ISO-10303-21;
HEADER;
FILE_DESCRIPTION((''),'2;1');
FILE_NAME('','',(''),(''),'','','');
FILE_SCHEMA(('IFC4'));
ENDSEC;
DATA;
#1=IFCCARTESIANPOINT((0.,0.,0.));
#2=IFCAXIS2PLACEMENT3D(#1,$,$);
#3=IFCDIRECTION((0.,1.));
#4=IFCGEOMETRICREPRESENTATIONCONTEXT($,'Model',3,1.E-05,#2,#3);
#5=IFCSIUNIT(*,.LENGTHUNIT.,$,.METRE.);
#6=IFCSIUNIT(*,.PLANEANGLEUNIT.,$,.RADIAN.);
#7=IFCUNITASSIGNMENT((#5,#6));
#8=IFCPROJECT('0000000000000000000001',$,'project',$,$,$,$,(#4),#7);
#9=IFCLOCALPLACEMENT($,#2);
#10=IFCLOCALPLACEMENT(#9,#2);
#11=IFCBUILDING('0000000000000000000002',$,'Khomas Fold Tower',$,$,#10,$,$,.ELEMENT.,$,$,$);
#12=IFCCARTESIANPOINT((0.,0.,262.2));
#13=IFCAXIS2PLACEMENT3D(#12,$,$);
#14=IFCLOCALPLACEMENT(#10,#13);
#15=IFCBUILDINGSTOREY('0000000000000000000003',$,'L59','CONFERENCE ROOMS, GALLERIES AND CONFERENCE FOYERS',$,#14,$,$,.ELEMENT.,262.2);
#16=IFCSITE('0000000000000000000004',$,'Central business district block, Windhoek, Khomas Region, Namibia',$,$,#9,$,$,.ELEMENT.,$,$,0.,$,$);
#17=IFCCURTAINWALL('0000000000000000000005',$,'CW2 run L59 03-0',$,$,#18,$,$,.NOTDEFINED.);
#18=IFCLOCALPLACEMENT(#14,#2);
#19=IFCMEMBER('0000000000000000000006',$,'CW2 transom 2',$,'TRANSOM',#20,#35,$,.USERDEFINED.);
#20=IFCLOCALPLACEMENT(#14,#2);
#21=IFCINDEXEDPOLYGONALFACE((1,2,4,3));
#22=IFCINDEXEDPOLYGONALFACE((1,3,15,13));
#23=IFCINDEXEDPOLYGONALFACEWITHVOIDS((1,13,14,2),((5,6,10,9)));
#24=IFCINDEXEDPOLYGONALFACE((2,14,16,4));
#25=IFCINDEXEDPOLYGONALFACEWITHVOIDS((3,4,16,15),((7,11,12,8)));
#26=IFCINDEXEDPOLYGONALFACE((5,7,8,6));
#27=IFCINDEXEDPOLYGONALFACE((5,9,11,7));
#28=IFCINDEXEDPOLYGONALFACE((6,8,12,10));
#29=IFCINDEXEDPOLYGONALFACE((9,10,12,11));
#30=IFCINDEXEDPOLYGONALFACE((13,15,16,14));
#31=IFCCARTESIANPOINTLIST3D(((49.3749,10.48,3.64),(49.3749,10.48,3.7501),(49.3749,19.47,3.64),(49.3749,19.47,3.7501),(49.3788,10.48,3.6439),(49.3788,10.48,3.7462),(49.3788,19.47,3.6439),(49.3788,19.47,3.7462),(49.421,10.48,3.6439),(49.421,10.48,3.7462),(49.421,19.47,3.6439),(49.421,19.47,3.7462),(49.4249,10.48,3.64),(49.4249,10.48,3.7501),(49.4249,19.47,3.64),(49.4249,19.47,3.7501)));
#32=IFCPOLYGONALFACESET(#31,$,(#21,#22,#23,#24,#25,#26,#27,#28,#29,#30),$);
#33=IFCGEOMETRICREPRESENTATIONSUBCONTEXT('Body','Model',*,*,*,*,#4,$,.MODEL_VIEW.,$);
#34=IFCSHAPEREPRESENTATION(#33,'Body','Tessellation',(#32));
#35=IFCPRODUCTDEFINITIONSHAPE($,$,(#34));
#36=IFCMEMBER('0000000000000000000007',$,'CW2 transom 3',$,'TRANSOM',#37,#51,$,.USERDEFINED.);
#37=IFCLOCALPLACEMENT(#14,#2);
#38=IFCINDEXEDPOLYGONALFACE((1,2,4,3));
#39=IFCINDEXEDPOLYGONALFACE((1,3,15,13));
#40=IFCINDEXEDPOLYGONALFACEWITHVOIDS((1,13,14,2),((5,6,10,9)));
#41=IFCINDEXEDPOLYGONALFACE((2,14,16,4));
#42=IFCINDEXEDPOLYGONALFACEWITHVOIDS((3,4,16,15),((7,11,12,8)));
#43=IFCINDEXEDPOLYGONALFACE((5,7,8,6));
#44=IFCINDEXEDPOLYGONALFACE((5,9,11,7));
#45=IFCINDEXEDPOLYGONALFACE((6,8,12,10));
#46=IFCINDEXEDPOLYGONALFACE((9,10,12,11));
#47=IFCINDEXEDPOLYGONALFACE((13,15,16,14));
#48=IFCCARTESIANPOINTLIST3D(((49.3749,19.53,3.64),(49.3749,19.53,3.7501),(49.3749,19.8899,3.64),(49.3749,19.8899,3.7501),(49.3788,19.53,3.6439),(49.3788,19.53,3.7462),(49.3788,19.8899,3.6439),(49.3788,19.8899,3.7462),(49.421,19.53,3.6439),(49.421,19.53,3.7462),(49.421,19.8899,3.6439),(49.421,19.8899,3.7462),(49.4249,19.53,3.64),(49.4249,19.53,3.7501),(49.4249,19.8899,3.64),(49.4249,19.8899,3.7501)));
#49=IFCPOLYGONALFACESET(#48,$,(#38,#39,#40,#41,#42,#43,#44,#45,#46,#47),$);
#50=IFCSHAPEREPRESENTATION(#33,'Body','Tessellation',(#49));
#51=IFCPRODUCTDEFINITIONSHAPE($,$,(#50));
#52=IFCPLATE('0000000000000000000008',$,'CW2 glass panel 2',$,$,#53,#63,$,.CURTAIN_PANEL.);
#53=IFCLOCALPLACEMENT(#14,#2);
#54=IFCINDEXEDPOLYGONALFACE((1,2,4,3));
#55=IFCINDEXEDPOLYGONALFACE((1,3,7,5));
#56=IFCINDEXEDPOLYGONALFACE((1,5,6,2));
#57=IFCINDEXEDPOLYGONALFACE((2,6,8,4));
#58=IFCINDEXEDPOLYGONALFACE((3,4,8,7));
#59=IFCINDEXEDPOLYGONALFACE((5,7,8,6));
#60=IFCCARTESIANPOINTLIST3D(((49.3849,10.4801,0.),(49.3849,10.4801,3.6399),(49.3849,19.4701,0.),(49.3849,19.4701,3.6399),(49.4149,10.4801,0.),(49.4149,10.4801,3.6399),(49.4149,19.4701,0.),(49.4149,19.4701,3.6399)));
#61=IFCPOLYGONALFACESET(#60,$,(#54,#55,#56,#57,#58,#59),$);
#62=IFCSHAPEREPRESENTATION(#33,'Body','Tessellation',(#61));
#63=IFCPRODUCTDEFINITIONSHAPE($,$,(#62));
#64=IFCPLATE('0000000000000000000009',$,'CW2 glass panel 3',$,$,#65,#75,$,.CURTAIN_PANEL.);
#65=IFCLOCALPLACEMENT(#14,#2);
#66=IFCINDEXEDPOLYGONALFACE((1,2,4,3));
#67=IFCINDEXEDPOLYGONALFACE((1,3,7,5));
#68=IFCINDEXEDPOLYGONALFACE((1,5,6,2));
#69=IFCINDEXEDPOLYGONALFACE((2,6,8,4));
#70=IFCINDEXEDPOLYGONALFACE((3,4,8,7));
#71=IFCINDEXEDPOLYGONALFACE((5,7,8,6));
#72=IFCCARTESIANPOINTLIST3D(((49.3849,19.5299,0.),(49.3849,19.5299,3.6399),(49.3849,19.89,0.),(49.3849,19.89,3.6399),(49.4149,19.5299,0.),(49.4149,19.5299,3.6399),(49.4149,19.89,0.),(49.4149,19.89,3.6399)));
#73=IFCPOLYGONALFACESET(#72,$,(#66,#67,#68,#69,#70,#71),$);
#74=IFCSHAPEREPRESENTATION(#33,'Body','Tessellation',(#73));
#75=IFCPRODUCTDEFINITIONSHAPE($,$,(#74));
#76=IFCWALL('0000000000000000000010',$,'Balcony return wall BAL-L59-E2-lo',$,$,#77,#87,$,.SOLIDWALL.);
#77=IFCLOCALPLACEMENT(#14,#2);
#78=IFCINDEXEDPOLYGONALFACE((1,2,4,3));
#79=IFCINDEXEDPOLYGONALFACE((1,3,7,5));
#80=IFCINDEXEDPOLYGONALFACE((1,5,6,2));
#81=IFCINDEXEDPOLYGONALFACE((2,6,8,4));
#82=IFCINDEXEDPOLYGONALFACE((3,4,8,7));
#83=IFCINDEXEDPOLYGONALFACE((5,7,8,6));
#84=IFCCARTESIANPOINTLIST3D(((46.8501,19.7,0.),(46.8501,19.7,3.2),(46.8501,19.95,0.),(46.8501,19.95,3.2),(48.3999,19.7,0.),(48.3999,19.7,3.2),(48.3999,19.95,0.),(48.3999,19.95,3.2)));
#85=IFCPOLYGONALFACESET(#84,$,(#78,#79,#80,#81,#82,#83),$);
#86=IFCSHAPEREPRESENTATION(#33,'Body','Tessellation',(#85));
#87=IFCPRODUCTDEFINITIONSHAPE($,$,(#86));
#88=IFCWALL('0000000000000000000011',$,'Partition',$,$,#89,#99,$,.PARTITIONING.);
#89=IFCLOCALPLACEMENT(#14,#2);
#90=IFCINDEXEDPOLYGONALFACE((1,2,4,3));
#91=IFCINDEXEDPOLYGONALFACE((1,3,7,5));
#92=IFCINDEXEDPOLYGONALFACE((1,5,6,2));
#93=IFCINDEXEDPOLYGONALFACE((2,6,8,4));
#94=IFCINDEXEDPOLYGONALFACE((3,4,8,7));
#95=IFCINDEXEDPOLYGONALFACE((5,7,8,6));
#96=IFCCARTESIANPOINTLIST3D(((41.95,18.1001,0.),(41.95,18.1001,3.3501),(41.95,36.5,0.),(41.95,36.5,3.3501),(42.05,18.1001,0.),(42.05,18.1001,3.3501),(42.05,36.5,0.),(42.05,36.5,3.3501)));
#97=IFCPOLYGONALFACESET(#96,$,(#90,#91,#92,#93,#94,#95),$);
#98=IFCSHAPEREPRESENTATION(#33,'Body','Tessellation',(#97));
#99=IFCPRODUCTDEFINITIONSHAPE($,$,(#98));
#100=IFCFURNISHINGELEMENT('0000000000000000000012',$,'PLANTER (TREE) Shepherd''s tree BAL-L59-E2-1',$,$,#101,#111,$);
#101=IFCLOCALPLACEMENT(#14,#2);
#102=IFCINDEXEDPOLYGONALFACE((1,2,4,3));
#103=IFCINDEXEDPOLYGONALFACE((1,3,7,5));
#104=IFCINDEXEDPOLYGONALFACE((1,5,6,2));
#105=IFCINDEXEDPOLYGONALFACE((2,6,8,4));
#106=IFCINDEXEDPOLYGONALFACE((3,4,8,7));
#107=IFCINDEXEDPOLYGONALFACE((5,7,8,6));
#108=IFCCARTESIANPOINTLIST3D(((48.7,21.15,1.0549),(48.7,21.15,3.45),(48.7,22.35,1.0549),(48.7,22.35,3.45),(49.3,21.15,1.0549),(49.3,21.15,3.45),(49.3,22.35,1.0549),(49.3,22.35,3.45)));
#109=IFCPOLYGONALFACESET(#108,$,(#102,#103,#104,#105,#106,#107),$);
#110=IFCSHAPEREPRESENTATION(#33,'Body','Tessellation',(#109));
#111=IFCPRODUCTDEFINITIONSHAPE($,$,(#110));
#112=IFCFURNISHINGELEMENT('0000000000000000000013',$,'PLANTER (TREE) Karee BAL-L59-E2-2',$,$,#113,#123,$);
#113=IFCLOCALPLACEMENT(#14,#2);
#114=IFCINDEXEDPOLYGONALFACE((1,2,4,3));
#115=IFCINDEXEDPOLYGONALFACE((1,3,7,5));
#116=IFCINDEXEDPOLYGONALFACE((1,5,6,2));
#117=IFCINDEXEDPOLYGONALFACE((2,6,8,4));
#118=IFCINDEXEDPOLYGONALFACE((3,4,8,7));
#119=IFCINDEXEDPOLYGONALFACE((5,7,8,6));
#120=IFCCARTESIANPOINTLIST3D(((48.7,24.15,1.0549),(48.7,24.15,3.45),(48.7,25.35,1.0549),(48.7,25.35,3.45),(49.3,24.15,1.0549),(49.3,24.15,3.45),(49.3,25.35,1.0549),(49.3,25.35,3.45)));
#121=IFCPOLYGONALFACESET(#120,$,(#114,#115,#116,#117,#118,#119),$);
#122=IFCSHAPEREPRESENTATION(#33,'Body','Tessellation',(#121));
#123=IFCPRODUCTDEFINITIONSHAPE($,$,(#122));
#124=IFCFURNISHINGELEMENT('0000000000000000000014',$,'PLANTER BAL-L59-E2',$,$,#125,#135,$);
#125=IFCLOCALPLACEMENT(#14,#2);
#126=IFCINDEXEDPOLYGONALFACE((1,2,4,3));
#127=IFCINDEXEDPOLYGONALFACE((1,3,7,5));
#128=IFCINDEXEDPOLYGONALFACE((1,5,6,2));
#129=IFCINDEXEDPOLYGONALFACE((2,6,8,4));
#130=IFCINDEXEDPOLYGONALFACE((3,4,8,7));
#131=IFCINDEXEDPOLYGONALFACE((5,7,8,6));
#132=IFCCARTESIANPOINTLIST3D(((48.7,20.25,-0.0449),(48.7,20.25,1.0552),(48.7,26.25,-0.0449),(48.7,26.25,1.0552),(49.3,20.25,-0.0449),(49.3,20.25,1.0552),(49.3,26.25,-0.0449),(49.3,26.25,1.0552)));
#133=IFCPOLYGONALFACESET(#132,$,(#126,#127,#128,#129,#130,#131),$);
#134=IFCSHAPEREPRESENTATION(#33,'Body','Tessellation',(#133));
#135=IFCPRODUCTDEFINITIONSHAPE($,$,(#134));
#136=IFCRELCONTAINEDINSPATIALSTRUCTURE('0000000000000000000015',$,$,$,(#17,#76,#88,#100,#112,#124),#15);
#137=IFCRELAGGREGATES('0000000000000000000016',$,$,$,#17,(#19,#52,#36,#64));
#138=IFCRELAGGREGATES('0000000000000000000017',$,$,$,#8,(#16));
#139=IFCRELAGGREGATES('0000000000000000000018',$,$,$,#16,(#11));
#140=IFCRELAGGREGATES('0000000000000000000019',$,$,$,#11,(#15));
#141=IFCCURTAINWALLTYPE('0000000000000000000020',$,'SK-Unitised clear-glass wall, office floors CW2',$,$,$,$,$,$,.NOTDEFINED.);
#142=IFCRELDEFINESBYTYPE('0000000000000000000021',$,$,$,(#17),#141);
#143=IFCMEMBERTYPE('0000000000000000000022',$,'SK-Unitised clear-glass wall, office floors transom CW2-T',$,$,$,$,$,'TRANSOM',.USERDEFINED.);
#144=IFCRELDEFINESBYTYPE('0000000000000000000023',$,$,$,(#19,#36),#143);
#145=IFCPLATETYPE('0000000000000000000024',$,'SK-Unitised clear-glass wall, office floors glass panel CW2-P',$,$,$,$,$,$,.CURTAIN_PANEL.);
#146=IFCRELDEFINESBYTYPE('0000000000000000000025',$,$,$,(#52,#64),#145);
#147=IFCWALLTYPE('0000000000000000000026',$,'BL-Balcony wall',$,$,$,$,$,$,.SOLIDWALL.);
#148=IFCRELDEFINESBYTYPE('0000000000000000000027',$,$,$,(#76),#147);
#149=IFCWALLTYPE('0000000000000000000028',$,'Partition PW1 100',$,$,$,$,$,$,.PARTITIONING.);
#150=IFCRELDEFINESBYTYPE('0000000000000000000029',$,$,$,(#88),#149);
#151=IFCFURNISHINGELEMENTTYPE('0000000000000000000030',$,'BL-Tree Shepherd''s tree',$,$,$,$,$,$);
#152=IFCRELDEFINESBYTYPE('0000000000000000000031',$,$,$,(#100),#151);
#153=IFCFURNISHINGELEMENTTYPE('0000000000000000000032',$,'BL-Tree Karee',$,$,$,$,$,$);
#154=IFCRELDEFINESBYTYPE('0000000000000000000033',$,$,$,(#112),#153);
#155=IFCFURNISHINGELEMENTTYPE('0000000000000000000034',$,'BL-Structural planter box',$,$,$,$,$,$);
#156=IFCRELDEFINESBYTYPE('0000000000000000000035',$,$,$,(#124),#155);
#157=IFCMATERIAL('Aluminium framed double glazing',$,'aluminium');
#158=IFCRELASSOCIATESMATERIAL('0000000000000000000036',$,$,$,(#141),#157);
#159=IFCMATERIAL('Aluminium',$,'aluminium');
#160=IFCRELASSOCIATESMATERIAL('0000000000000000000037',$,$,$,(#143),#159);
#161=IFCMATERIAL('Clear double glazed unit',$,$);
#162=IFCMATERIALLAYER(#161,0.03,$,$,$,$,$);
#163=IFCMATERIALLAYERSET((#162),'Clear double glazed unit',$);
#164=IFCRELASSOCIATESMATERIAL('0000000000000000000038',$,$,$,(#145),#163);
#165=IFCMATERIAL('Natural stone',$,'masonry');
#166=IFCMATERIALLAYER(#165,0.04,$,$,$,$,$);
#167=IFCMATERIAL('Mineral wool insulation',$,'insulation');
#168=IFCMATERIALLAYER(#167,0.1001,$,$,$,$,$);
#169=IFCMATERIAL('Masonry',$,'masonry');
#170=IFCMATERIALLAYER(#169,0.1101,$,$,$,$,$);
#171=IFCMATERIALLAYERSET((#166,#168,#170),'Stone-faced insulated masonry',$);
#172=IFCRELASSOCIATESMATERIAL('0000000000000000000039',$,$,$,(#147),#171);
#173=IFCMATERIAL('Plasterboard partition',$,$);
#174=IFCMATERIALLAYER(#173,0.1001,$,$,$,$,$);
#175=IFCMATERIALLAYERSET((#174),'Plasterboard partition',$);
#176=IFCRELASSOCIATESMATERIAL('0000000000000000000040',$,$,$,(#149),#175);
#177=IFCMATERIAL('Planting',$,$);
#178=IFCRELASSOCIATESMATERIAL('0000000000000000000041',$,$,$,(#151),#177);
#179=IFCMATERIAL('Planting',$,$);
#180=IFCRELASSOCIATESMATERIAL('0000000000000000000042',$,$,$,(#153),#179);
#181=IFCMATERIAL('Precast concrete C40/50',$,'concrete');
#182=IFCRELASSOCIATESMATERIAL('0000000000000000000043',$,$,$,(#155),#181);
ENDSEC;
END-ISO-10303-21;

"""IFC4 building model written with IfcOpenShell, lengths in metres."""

from ifc_helpers import new_model, si_unit, direction, frame, frame_2d, origin, origin_2d, place, context, subcontext, project, spatial, rectangle, hollow_rectangle, extrude, source, transform, mapped, material, layer, layer_set, material_profile, profile_set, type_object, element, aggregate, save


model = new_model("IFC4")

# Units and contexts
model_context = context("Model", 3, precision=1e-05, world=origin(), true_north=direction((0.0, 1.0)))
body_context = subcontext(model_context, "Body", "Model", "MODEL_VIEW")
ifc_project = project(units=[si_unit("LENGTHUNIT", "METRE"), si_unit("PLANEANGLEUNIT", "RADIAN")], contexts=[model_context])

# Site, building, storey
site_placement = place(None, origin())
site = spatial("IfcSite", under=ifc_project, at=site_placement, Name="Central business district block, Windhoek, Khomas Region, Namibia", CompositionType="ELEMENT", RefElevation=0.0)
building_placement = place(site_placement, origin())
building = spatial("IfcBuilding", under=site, at=building_placement, Name="Khomas Fold Tower", CompositionType="ELEMENT")
storey_placement = place(building_placement, frame((0.0, 0.0, 262.2)))
storey = spatial("IfcBuildingStorey", under=building, at=storey_placement, Name="L59", Description="CONFERENCE ROOMS, GALLERIES AND CONFERENCE FOYERS", CompositionType="ELEMENT", Elevation=262.2)

# Curtain wall
ifc_material_1 = material(Name="Aluminium framed double glazing", Category="aluminium")
curtain_wall_type = type_object("IfcCurtainWallType", Name="SK-Unitised clear-glass wall, office floors CW2", PredefinedType="NOTDEFINED", material=ifc_material_1)
curtain_wall_1_placement = place(storey_placement, origin())
curtain_wall_1 = element("IfcCurtainWall", 1, at=curtain_wall_1_placement, inside=storey, type_object=curtain_wall_type, Name="CW2 run L59 03-0", PredefinedType="NOTDEFINED")

# Members
ifc_material_2 = material(Name="Aluminium", Category="aluminium")
ifc_material_profile_1 = material_profile(ifc_material_2, hollow_rectangle(XDim=0.05, YDim=0.1101, WallThickness=0.0039, at=origin_2d()), Name="SK-Unitised clear-glass wall, office floors transom CW2-T")
ifc_profile_set_1 = profile_set([ifc_material_profile_1], Name="Aluminium")
member_type_1 = type_object("IfcMemberType", Name="SK-Unitised clear-glass wall, office floors transom CW2-T", ElementType="TRANSOM", PredefinedType="USERDEFINED", material=ifc_profile_set_1)
shared_shape_1 = source(origin(), body_context, "Body", "SweptSolid", [
    extrude(hollow_rectangle(XDim=0.05, YDim=0.1101, WallThickness=0.0039, at=origin_2d()), origin(), (0.0, 0.0, 1.0), 8.99),
])
member_1_placement = place(storey_placement, frame((49.3999, 10.48, 3.6951), z_axis=(0.0, 1.0, 0.0), x_axis=(-1.0, 0.0, 0.0)))
member_1 = element("IfcMember", 2, at=member_1_placement, type_object=member_type_1, Name="CW2 transom 2", ObjectType="TRANSOM", PredefinedType="USERDEFINED", context=body_context, shape_type="MappedRepresentation", body=[
    mapped(shared_shape_1, transform((0.0, 0.0, 0.0))),
])
shared_shape_2 = source(origin(), body_context, "Body", "SweptSolid", [
    extrude(hollow_rectangle(XDim=0.05, YDim=0.1101, WallThickness=0.0039, at=origin_2d()), origin(), (0.0, 0.0, 1.0), 0.3599),
])
member_2_placement = place(storey_placement, frame((49.3999, 19.53, 3.6951), z_axis=(0.0, 1.0, 0.0), x_axis=(-1.0, 0.0, 0.0)))
member_2 = element("IfcMember", 3, at=member_2_placement, type_object=member_type_1, Name="CW2 transom 3", ObjectType="TRANSOM", PredefinedType="USERDEFINED", context=body_context, shape_type="MappedRepresentation", body=[
    mapped(shared_shape_2, transform((0.0, 0.0, 0.0))),
])

# Plates
ifc_material_3 = material(Name="Clear double glazed unit")
ifc_layer_1 = layer(ifc_material_3, 0.03)
ifc_layer_set_1 = layer_set([ifc_layer_1], Name="Clear double glazed unit")
plate_type = type_object("IfcPlateType", Name="SK-Unitised clear-glass wall, office floors glass panel CW2-P", PredefinedType="CURTAIN_PANEL", material=ifc_layer_set_1)
shared_shape_3 = source(origin(), body_context, "Body", "SweptSolid", [
    extrude(rectangle(XDim=8.99, YDim=0.03, at=origin_2d()), origin(), (0.0, 0.0, 1.0), 3.6399),
])
plate_1_placement = place(storey_placement, frame((49.3999, 14.9751, 0.0), z_axis=(0.0, 0.0, 1.0), x_axis=(0.0, 1.0, 0.0)))
plate_1 = element("IfcPlate", 4, at=plate_1_placement, type_object=plate_type, Name="CW2 glass panel 2", PredefinedType="CURTAIN_PANEL", context=body_context, shape_type="MappedRepresentation", body=[
    mapped(shared_shape_3, transform((0.0, 0.0, 0.0))),
])
shared_shape_4 = source(origin(), body_context, "Body", "SweptSolid", [
    extrude(rectangle(XDim=0.3601, YDim=0.03, at=origin_2d()), origin(), (0.0, 0.0, 1.0), 3.6399),
])
plate_2_placement = place(storey_placement, frame((49.3999, 19.71, 0.0), z_axis=(0.0, 0.0, 1.0), x_axis=(0.0, 1.0, 0.0)))
plate_2 = element("IfcPlate", 5, at=plate_2_placement, type_object=plate_type, Name="CW2 glass panel 3", PredefinedType="CURTAIN_PANEL", context=body_context, shape_type="MappedRepresentation", body=[
    mapped(shared_shape_4, transform((0.0, 0.0, 0.0))),
])
aggregate(curtain_wall_1, [member_1, plate_1, member_2, plate_2])

# Shared definitions
ifc_material_4 = material(Name="Natural stone", Category="masonry")
ifc_layer_2 = layer(ifc_material_4, 0.04)
ifc_material_5 = material(Name="Mineral wool insulation", Category="insulation")
ifc_layer_3 = layer(ifc_material_5, 0.1001)
ifc_material_6 = material(Name="Masonry", Category="masonry")
ifc_layer_4 = layer(ifc_material_6, 0.1101)
ifc_layer_set_2 = layer_set([ifc_layer_2, ifc_layer_3, ifc_layer_4], Name="Stone-faced insulated masonry")
wall_type_1 = type_object("IfcWallType", Name="BL-Balcony wall", PredefinedType="SOLIDWALL", material=ifc_layer_set_2)

# Walls
shared_shape_5 = source(origin(), body_context, "Body", "SweptSolid", [
    extrude(rectangle(XDim=1.5498, YDim=0.25, at=frame_2d((0.7749, 0.0))), origin(), (0.0, 0.0, 1.0), 3.2),
])
wall_1_placement = place(storey_placement, frame((48.3999, 19.825, 0.0), z_axis=(0.0, 0.0, 1.0), x_axis=(-1.0, 0.0, 0.0)))
element("IfcWall", 6, at=wall_1_placement, inside=storey, type_object=wall_type_1, Name="Balcony return wall BAL-L59-E2-lo", PredefinedType="SOLIDWALL", context=body_context, shape_type="MappedRepresentation", body=[
    mapped(shared_shape_5, transform((0.0, 0.0, 0.0))),
])
ifc_material_7 = material(Name="Plasterboard partition")
ifc_layer_5 = layer(ifc_material_7, 0.1001)
ifc_layer_set_3 = layer_set([ifc_layer_5], Name="Plasterboard partition")
wall_type_2 = type_object("IfcWallType", Name="Partition PW1 100", PredefinedType="PARTITIONING", material=ifc_layer_set_3)
shared_shape_6 = source(origin(), body_context, "Body", "SweptSolid", [
    extrude(rectangle(XDim=18.3999, YDim=0.1001, at=frame_2d((9.2, 0.0))), origin(), (0.0, 0.0, 1.0), 3.3501),
])
wall_2_placement = place(storey_placement, frame((42.0, 18.1001, 0.0), z_axis=(0.0, 0.0, 1.0), x_axis=(0.0, 1.0, 0.0)))
element("IfcWall", 7, at=wall_2_placement, inside=storey, type_object=wall_type_2, Name="Partition", PredefinedType="PARTITIONING", context=body_context, shape_type="MappedRepresentation", body=[
    mapped(shared_shape_6, transform((0.0, 0.0, 0.0))),
])

# Furnishing elements
ifc_material_8 = material(Name="Planting")
furnishing_element_type_1 = type_object("IfcFurnishingElementType", Name="BL-Tree Shepherd's tree", material=ifc_material_8)
shared_shape_7 = source(origin(), body_context, "Body", "SweptSolid", [
    extrude(rectangle(XDim=1.2, YDim=0.6001, at=origin_2d()), origin(), (0.0, 0.0, 1.0), 2.395),
])
furnishing_1_placement = place(storey_placement, frame((49.0, 21.75, 1.0549), z_axis=(0.0, 0.0, 1.0), x_axis=(0.0, 1.0, 0.0)))
element("IfcFurnishingElement", 8, at=furnishing_1_placement, inside=storey, type_object=furnishing_element_type_1, Name="PLANTER (TREE) Shepherd's tree BAL-L59-E2-1", context=body_context, shape_type="MappedRepresentation", body=[
    mapped(shared_shape_7, transform((0.0, 0.0, 0.0))),
])
ifc_material_9 = material(Name="Planting")
furnishing_element_type_2 = type_object("IfcFurnishingElementType", Name="BL-Tree Karee", material=ifc_material_9)
furnishing_2_placement = place(storey_placement, frame((49.0, 24.75, 1.0549), z_axis=(0.0, 0.0, 1.0), x_axis=(0.0, 1.0, 0.0)))
element("IfcFurnishingElement", 9, at=furnishing_2_placement, inside=storey, type_object=furnishing_element_type_2, Name="PLANTER (TREE) Karee BAL-L59-E2-2", context=body_context, shape_type="MappedRepresentation", body=[
    mapped(shared_shape_7, transform((0.0, 0.0, 0.0))),
])
ifc_material_10 = material(Name="Precast concrete C40/50", Category="concrete")
furnishing_element_type_3 = type_object("IfcFurnishingElementType", Name="BL-Structural planter box", material=ifc_material_10)
shared_shape_8 = source(origin(), body_context, "Body", "SweptSolid", [
    extrude(rectangle(XDim=6.0, YDim=0.6001, at=origin_2d()), origin(), (0.0, 0.0, 1.0), 1.1001),
])
furnishing_3_placement = place(storey_placement, frame((49.0, 23.25, -0.0449), z_axis=(0.0, 0.0, 1.0), x_axis=(0.0, 1.0, 0.0)))
element("IfcFurnishingElement", 10, at=furnishing_3_placement, inside=storey, type_object=furnishing_element_type_3, Name="PLANTER BAL-L59-E2", context=body_context, shape_type="MappedRepresentation", body=[
    mapped(shared_shape_8, transform((0.0, 0.0, 0.0))),
])

save(model, "model.ifc")
